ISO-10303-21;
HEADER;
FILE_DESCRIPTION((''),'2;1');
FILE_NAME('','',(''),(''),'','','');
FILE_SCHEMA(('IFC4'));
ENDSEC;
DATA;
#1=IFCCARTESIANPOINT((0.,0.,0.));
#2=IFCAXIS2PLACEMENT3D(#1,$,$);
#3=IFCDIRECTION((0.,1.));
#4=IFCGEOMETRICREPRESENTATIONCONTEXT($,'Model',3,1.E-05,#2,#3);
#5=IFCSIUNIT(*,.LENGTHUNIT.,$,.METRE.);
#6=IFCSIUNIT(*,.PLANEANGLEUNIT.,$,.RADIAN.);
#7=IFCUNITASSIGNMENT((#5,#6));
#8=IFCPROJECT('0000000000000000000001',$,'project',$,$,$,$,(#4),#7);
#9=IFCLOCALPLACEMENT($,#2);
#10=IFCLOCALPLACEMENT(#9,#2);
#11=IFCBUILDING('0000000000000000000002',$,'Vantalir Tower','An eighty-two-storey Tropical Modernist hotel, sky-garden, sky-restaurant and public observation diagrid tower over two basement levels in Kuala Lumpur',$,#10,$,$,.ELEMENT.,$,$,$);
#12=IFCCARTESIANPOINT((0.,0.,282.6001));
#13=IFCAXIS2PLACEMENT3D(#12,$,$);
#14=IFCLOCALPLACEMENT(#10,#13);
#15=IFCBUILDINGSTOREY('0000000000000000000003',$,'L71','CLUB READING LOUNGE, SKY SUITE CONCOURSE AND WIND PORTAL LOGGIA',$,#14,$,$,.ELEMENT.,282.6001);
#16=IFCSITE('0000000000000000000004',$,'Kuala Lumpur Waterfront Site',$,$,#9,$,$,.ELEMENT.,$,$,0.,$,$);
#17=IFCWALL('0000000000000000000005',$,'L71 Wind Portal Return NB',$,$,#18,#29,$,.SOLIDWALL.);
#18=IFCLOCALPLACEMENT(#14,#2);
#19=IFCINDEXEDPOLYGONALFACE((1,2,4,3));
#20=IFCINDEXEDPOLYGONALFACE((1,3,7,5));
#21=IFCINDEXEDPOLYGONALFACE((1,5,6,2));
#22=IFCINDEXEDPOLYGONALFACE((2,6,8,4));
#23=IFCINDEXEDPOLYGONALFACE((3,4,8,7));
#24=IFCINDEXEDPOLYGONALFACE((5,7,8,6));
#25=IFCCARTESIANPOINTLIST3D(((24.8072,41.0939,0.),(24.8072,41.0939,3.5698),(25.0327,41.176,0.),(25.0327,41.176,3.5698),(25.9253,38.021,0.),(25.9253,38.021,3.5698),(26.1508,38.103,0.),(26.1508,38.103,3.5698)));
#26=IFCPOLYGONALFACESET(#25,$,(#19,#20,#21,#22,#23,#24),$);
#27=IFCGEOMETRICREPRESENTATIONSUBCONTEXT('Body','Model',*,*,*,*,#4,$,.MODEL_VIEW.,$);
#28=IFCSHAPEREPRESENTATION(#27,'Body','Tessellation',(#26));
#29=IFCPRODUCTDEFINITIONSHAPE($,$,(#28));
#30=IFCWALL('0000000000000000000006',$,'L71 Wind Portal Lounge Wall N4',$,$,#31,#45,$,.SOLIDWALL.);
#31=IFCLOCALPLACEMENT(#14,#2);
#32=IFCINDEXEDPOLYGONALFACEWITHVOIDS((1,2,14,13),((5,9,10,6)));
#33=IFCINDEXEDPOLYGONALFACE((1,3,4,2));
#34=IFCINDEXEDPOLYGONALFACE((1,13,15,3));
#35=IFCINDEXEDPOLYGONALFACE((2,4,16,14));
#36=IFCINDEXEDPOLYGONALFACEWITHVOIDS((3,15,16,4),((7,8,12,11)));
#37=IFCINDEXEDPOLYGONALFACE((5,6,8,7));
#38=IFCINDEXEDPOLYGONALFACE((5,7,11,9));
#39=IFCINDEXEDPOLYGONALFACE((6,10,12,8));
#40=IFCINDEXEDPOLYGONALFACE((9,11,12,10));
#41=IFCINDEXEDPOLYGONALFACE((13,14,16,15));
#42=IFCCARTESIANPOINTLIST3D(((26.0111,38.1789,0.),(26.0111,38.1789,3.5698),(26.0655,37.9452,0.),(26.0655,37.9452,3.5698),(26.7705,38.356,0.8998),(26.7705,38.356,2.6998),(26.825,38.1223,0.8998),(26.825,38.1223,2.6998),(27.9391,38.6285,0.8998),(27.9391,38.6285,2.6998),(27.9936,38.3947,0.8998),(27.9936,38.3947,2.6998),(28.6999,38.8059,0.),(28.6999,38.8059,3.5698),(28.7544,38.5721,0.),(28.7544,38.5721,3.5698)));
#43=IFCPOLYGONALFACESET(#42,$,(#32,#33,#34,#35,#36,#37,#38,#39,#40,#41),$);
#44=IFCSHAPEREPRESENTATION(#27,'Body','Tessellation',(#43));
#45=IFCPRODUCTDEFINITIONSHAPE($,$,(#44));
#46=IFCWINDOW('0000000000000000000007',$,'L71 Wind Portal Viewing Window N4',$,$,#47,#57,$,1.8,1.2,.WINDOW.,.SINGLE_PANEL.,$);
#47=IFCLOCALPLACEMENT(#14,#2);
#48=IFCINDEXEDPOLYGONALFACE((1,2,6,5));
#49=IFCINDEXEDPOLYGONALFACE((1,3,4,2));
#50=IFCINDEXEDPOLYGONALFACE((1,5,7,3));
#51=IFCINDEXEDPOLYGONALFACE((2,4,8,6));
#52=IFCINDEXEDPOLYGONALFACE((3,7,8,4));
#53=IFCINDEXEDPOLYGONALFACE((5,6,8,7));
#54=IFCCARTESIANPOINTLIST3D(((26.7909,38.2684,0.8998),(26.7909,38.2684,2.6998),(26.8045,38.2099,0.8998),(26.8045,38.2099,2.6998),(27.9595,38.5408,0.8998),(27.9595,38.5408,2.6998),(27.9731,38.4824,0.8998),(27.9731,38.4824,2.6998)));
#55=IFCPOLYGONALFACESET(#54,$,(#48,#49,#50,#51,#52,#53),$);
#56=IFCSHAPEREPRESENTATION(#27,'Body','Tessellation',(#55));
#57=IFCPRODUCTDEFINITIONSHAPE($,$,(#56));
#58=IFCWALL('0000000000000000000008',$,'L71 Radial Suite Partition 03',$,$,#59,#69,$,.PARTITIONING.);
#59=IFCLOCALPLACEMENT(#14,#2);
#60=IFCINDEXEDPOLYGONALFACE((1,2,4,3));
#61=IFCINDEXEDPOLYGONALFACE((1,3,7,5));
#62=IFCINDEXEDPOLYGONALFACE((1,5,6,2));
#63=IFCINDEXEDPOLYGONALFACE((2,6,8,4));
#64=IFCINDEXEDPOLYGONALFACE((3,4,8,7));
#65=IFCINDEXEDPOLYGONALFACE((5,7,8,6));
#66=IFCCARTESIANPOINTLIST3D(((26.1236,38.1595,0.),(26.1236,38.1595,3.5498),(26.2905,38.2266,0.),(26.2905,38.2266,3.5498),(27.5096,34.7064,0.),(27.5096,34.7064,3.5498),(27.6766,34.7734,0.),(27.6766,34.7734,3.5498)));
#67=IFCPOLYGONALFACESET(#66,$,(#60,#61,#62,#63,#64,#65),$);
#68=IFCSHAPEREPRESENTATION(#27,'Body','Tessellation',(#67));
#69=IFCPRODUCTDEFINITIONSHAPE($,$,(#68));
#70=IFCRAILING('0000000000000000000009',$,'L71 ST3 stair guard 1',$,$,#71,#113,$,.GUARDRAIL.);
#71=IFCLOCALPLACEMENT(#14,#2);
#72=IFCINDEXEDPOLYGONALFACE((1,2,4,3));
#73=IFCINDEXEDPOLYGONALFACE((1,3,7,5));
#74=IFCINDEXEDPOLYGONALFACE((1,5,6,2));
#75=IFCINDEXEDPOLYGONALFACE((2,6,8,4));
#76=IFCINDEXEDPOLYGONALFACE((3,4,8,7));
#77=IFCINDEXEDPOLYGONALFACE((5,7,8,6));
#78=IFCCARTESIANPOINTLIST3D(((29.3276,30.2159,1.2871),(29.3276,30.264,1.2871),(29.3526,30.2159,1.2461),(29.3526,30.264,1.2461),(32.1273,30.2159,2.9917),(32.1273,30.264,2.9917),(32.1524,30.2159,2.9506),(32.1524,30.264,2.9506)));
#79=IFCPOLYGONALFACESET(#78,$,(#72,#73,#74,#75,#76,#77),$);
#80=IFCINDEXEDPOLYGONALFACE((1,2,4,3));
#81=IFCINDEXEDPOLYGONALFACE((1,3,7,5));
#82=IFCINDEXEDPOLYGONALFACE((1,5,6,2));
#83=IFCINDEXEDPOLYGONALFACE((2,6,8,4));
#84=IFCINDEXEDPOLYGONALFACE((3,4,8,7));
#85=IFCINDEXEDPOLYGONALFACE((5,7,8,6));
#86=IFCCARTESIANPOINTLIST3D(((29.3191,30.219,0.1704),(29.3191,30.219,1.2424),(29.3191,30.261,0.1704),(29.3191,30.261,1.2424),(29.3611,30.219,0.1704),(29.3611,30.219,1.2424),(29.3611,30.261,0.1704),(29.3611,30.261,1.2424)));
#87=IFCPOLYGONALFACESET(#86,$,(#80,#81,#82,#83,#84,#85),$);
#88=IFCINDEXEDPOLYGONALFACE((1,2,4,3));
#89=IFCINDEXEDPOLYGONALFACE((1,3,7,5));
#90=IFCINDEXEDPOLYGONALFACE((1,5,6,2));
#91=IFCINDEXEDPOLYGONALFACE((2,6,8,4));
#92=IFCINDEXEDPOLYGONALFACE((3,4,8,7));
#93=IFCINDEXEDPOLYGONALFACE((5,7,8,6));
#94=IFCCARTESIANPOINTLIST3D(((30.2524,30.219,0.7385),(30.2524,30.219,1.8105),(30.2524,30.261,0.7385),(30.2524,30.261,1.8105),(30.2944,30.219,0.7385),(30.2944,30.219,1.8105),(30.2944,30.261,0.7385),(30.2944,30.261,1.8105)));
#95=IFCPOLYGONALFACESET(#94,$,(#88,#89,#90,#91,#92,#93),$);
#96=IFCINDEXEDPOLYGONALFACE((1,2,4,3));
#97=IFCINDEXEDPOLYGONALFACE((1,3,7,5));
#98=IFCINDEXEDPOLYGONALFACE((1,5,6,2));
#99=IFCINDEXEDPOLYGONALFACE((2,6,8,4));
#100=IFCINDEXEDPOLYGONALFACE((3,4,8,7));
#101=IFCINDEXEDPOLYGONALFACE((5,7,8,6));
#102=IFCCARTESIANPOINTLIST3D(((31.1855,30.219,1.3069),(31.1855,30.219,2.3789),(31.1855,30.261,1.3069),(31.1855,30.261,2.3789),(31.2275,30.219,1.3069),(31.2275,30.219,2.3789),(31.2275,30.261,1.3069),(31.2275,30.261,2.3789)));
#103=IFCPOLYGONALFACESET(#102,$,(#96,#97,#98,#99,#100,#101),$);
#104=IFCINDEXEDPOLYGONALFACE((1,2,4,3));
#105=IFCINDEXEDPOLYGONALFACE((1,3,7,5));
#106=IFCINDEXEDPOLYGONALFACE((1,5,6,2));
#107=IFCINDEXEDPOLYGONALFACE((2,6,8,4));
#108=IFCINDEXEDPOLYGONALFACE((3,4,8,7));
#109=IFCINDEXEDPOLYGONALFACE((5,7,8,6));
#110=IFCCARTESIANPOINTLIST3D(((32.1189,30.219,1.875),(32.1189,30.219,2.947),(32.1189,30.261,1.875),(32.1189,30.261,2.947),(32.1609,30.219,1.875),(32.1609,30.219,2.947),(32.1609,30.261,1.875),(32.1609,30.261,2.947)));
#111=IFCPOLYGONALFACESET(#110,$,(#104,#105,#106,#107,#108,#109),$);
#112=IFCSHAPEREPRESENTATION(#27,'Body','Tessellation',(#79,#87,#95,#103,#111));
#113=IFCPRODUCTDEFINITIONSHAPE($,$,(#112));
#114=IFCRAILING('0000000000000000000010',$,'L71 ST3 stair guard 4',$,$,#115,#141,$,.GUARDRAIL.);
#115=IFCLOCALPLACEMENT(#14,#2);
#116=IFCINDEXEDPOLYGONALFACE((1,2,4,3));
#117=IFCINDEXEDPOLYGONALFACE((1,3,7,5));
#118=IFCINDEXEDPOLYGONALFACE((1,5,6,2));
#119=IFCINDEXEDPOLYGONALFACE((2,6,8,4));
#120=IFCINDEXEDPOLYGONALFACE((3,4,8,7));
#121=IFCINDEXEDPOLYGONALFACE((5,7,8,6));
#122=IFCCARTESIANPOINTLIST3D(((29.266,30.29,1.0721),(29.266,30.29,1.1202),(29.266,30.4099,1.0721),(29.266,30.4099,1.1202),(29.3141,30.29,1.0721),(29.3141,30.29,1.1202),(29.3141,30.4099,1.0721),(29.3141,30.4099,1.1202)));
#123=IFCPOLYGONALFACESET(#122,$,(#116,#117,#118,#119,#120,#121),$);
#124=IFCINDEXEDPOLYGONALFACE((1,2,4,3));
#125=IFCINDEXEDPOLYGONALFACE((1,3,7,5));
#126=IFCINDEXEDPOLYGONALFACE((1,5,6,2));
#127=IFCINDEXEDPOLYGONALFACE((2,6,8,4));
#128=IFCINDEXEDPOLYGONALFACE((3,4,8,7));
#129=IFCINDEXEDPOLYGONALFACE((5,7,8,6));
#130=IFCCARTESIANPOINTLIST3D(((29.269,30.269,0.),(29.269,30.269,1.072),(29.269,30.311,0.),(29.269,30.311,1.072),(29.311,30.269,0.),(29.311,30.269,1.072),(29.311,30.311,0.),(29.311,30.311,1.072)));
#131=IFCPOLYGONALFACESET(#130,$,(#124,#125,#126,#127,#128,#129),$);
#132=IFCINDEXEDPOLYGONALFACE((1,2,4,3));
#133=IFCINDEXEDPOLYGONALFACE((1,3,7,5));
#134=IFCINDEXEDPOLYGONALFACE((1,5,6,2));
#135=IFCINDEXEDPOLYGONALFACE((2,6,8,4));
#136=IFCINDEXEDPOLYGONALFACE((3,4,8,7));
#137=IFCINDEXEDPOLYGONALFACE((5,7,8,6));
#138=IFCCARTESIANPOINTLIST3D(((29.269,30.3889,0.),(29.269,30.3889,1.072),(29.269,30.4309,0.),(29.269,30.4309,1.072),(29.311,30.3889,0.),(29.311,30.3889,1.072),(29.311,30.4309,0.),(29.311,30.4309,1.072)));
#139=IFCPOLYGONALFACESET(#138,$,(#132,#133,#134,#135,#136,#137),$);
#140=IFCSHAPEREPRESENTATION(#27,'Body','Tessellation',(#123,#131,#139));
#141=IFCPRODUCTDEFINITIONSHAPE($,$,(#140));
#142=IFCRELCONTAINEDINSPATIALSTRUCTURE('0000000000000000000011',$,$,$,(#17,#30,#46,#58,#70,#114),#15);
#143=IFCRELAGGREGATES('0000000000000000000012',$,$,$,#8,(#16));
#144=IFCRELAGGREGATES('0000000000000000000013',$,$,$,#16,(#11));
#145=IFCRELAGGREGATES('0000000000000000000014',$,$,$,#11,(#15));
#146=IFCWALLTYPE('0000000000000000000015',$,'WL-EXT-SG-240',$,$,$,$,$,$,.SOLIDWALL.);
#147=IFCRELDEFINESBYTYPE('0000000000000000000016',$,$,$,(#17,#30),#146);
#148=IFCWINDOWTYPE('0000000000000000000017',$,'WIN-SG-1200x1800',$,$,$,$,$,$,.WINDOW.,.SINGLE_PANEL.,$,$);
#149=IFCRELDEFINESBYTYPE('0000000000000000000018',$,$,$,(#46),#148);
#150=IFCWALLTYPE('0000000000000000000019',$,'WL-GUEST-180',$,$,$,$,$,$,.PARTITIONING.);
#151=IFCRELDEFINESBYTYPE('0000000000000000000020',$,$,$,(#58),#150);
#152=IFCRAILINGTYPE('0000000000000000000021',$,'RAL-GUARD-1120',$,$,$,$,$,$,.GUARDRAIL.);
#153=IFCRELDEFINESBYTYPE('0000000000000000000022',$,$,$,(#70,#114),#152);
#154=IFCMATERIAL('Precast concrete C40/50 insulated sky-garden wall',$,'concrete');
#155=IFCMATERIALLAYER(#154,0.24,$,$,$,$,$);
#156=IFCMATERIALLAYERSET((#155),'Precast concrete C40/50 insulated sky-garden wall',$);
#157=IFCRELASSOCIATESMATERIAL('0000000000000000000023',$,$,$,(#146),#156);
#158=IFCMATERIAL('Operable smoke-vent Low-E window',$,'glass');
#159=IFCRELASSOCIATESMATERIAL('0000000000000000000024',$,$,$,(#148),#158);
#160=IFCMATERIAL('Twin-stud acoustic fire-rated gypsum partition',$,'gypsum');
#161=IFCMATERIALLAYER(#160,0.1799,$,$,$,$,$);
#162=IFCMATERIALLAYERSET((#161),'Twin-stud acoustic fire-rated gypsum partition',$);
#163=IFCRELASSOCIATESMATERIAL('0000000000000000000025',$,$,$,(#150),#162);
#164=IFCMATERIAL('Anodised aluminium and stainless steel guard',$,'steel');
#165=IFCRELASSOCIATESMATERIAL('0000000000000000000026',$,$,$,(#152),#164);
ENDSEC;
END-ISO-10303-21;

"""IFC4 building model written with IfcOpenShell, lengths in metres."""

from ifc_helpers import new_model, si_unit, direction, frame, frame_2d, origin, origin_2d, place, context, subcontext, project, spatial, rectangle, extrude, material, layer, layer_set, type_object, element, fill, save


model = new_model("IFC4")

# Units and contexts
model_context = context("Model", 3, precision=1e-05, world=origin(), true_north=direction((0.0, 1.0)))
body_context = subcontext(model_context, "Body", "Model", "MODEL_VIEW")
ifc_project = project(units=[si_unit("LENGTHUNIT", "METRE"), si_unit("PLANEANGLEUNIT", "RADIAN")], contexts=[model_context])

# Site, building, storey
site_placement = place(None, origin())
site = spatial("IfcSite", under=ifc_project, at=site_placement, Name="Kuala Lumpur Waterfront Site", CompositionType="ELEMENT", RefElevation=0.0)
building_placement = place(site_placement, origin())
building = spatial("IfcBuilding", under=site, at=building_placement, Name="Vantalir Tower", Description="An eighty-two-storey Tropical Modernist hotel, sky-garden, sky-restaurant and public observation diagrid tower over two basement levels in Kuala Lumpur", CompositionType="ELEMENT")
storey_placement = place(building_placement, frame((0.0, 0.0, 282.6001)))
storey = spatial("IfcBuildingStorey", under=building, at=storey_placement, Name="L71", Description="CLUB READING LOUNGE, SKY SUITE CONCOURSE AND WIND PORTAL LOGGIA", CompositionType="ELEMENT", Elevation=282.6001)

# Wall
ifc_material_1 = material(Name="Precast concrete C40/50 insulated sky-garden wall", Category="concrete")
ifc_layer_1 = layer(ifc_material_1, 0.24)
ifc_layer_set_1 = layer_set([ifc_layer_1], Name="Precast concrete C40/50 insulated sky-garden wall")
wall_type_1 = type_object("IfcWallType", Name="WL-EXT-SG-240", PredefinedType="SOLIDWALL", material=ifc_layer_set_1)
wall_1_placement = place(storey_placement, frame((26.0381, 38.062, 0.0), z_axis=(0.0, 0.0, 1.0), x_axis=(-0.341935, 0.939724, 0.0)))
element("IfcWall", 1, at=wall_1_placement, inside=storey, type_object=wall_type_1, Name="L71 Wind Portal Return NB", PredefinedType="SOLIDWALL", context=body_context, shape_type="SweptSolid", body=[
    extrude(rectangle(XDim=3.27, YDim=0.24, at=frame_2d((1.635, 0.0))), origin(), (0.0, 0.0, 1.0), 3.5698),
])

# Wall, opening, window
wall_2_placement = place(storey_placement, frame((28.7271, 38.689, 0.0), z_axis=(0.0, 0.0, 1.0), x_axis=(-0.973879, -0.227067, 0.0)))
wall_2 = element("IfcWall", 2, at=wall_2_placement, inside=storey, type_object=wall_type_1, Name="L71 Wind Portal Lounge Wall N4", PredefinedType="SOLIDWALL", context=body_context, shape_type="SweptSolid", body=[
    extrude(rectangle(XDim=2.761, YDim=0.24, at=frame_2d((1.3804, 0.0))), origin(), (0.0, 0.0, 1.0), 3.5698),
])
opening_1_placement = place(wall_2_placement, frame((0.781, 0.0, 0.8999)))
opening_1 = element("IfcOpeningElement", 3, at=opening_1_placement, cuts=wall_2, PredefinedType="OPENING", context=body_context, shape_type="SweptSolid", body=[
    extrude(rectangle(XDim=1.2, YDim=1.8, at=frame_2d((0.6001, 0.8999))), frame((0.0, 0.1299, 0.0), z_axis=(0.0, -1.0, 0.0), x_axis=(1.0, 0.0, 0.0)), (0.0, 0.0, 1.0), 0.26),
])
ifc_material_2 = material(Name="Operable smoke-vent Low-E window", Category="glass")
window_type = type_object("IfcWindowType", Name="WIN-SG-1200x1800", PartitioningType="SINGLE_PANEL", PredefinedType="WINDOW", material=ifc_material_2)
window_placement = place(opening_1_placement, origin())
window = element("IfcWindow", 4, at=window_placement, inside=storey, type_object=window_type, Name="L71 Wind Portal Viewing Window N4", OverallHeight=1.8, OverallWidth=1.2, PartitioningType="SINGLE_PANEL", PredefinedType="WINDOW", context=body_context, shape_type="SweptSolid", body=[
    extrude(rectangle(XDim=1.2, YDim=1.8, at=frame_2d((0.6001, 0.8999))), frame((0.0, 0.03, 0.0), z_axis=(0.0, -1.0, 0.0), x_axis=(1.0, 0.0, 0.0)), (0.0, 0.0, 1.0), 0.0601),
])
fill(opening_1, window)

# Wall
ifc_material_3 = material(Name="Twin-stud acoustic fire-rated gypsum partition", Category="gypsum")
ifc_layer_2 = layer(ifc_material_3, 0.1799)
ifc_layer_set_2 = layer_set([ifc_layer_2], Name="Twin-stud acoustic fire-rated gypsum partition")
wall_type_2 = type_object("IfcWallType", Name="WL-GUEST-180", PredefinedType="PARTITIONING", material=ifc_layer_set_2)
wall_3_placement = place(storey_placement, frame((27.593, 34.74, 0.0), z_axis=(0.0, 0.0, 1.0), x_axis=(-0.372488, 0.928037, 0.0)))
element("IfcWall", 5, at=wall_3_placement, inside=storey, type_object=wall_type_2, Name="L71 Radial Suite Partition 03", PredefinedType="PARTITIONING", context=body_context, shape_type="SweptSolid", body=[
    extrude(rectangle(XDim=3.7209, YDim=0.1799, at=frame_2d((1.8604, 0.0))), origin(), (0.0, 0.0, 1.0), 3.5498),
])

# Railings
ifc_material_4 = material(Name="Anodised aluminium and stainless steel guard", Category="steel")
railing_type = type_object("IfcRailingType", Name="RAL-GUARD-1120", PredefinedType="GUARDRAIL", material=ifc_material_4)
railing_1_placement = place(storey_placement, frame((29.3401, 30.24, 0.1704)))
element("IfcRailing", 6, at=railing_1_placement, inside=storey, type_object=railing_type, Name="L71 ST3 stair guard 1", PredefinedType="GUARDRAIL", context=body_context, shape_type="SweptSolid", body=[
    extrude(rectangle(XDim=0.0481, YDim=0.0481, at=origin_2d()), frame((0.0, 0.0, 1.0962), z_axis=(0.85415, 0.0, 0.520027), x_axis=(0.0, 1.0, 0.0)), (0.0, 0.0, 1.0), 3.2778),
    extrude(rectangle(XDim=0.042, YDim=0.042, at=origin_2d()), origin(), (0.0, 0.0, 1.0), 1.072),
    extrude(rectangle(XDim=0.042, YDim=0.042, at=origin_2d()), frame((0.9333, 0.0, 0.5681)), (0.0, 0.0, 1.0), 1.072),
    extrude(rectangle(XDim=0.042, YDim=0.042, at=origin_2d()), frame((1.8665, 0.0, 1.1365)), (0.0, 0.0, 1.0), 1.072),
    extrude(rectangle(XDim=0.042, YDim=0.042, at=origin_2d()), frame((2.7998, 0.0, 1.7046)), (0.0, 0.0, 1.0), 1.072),
])
railing_2_placement = place(storey_placement, frame((29.29, 30.29, 0.0)))
element("IfcRailing", 7, at=railing_2_placement, inside=storey, type_object=railing_type, Name="L71 ST3 stair guard 4", PredefinedType="GUARDRAIL", context=body_context, shape_type="SweptSolid", body=[
    extrude(rectangle(XDim=0.0481, YDim=0.0481, at=origin_2d()), frame((0.0, 0.0, 1.0962), z_axis=(0.0, 1.0, 0.0), x_axis=(-1.0, 0.0, 0.0)), (0.0, 0.0, 1.0), 0.1199),
    extrude(rectangle(XDim=0.042, YDim=0.042, at=origin_2d()), origin(), (0.0, 0.0, 1.0), 1.072),
    extrude(rectangle(XDim=0.042, YDim=0.042, at=origin_2d()), frame((0.0, 0.1199, 0.0)), (0.0, 0.0, 1.0), 1.072),
])

save(model, "model.ifc")
